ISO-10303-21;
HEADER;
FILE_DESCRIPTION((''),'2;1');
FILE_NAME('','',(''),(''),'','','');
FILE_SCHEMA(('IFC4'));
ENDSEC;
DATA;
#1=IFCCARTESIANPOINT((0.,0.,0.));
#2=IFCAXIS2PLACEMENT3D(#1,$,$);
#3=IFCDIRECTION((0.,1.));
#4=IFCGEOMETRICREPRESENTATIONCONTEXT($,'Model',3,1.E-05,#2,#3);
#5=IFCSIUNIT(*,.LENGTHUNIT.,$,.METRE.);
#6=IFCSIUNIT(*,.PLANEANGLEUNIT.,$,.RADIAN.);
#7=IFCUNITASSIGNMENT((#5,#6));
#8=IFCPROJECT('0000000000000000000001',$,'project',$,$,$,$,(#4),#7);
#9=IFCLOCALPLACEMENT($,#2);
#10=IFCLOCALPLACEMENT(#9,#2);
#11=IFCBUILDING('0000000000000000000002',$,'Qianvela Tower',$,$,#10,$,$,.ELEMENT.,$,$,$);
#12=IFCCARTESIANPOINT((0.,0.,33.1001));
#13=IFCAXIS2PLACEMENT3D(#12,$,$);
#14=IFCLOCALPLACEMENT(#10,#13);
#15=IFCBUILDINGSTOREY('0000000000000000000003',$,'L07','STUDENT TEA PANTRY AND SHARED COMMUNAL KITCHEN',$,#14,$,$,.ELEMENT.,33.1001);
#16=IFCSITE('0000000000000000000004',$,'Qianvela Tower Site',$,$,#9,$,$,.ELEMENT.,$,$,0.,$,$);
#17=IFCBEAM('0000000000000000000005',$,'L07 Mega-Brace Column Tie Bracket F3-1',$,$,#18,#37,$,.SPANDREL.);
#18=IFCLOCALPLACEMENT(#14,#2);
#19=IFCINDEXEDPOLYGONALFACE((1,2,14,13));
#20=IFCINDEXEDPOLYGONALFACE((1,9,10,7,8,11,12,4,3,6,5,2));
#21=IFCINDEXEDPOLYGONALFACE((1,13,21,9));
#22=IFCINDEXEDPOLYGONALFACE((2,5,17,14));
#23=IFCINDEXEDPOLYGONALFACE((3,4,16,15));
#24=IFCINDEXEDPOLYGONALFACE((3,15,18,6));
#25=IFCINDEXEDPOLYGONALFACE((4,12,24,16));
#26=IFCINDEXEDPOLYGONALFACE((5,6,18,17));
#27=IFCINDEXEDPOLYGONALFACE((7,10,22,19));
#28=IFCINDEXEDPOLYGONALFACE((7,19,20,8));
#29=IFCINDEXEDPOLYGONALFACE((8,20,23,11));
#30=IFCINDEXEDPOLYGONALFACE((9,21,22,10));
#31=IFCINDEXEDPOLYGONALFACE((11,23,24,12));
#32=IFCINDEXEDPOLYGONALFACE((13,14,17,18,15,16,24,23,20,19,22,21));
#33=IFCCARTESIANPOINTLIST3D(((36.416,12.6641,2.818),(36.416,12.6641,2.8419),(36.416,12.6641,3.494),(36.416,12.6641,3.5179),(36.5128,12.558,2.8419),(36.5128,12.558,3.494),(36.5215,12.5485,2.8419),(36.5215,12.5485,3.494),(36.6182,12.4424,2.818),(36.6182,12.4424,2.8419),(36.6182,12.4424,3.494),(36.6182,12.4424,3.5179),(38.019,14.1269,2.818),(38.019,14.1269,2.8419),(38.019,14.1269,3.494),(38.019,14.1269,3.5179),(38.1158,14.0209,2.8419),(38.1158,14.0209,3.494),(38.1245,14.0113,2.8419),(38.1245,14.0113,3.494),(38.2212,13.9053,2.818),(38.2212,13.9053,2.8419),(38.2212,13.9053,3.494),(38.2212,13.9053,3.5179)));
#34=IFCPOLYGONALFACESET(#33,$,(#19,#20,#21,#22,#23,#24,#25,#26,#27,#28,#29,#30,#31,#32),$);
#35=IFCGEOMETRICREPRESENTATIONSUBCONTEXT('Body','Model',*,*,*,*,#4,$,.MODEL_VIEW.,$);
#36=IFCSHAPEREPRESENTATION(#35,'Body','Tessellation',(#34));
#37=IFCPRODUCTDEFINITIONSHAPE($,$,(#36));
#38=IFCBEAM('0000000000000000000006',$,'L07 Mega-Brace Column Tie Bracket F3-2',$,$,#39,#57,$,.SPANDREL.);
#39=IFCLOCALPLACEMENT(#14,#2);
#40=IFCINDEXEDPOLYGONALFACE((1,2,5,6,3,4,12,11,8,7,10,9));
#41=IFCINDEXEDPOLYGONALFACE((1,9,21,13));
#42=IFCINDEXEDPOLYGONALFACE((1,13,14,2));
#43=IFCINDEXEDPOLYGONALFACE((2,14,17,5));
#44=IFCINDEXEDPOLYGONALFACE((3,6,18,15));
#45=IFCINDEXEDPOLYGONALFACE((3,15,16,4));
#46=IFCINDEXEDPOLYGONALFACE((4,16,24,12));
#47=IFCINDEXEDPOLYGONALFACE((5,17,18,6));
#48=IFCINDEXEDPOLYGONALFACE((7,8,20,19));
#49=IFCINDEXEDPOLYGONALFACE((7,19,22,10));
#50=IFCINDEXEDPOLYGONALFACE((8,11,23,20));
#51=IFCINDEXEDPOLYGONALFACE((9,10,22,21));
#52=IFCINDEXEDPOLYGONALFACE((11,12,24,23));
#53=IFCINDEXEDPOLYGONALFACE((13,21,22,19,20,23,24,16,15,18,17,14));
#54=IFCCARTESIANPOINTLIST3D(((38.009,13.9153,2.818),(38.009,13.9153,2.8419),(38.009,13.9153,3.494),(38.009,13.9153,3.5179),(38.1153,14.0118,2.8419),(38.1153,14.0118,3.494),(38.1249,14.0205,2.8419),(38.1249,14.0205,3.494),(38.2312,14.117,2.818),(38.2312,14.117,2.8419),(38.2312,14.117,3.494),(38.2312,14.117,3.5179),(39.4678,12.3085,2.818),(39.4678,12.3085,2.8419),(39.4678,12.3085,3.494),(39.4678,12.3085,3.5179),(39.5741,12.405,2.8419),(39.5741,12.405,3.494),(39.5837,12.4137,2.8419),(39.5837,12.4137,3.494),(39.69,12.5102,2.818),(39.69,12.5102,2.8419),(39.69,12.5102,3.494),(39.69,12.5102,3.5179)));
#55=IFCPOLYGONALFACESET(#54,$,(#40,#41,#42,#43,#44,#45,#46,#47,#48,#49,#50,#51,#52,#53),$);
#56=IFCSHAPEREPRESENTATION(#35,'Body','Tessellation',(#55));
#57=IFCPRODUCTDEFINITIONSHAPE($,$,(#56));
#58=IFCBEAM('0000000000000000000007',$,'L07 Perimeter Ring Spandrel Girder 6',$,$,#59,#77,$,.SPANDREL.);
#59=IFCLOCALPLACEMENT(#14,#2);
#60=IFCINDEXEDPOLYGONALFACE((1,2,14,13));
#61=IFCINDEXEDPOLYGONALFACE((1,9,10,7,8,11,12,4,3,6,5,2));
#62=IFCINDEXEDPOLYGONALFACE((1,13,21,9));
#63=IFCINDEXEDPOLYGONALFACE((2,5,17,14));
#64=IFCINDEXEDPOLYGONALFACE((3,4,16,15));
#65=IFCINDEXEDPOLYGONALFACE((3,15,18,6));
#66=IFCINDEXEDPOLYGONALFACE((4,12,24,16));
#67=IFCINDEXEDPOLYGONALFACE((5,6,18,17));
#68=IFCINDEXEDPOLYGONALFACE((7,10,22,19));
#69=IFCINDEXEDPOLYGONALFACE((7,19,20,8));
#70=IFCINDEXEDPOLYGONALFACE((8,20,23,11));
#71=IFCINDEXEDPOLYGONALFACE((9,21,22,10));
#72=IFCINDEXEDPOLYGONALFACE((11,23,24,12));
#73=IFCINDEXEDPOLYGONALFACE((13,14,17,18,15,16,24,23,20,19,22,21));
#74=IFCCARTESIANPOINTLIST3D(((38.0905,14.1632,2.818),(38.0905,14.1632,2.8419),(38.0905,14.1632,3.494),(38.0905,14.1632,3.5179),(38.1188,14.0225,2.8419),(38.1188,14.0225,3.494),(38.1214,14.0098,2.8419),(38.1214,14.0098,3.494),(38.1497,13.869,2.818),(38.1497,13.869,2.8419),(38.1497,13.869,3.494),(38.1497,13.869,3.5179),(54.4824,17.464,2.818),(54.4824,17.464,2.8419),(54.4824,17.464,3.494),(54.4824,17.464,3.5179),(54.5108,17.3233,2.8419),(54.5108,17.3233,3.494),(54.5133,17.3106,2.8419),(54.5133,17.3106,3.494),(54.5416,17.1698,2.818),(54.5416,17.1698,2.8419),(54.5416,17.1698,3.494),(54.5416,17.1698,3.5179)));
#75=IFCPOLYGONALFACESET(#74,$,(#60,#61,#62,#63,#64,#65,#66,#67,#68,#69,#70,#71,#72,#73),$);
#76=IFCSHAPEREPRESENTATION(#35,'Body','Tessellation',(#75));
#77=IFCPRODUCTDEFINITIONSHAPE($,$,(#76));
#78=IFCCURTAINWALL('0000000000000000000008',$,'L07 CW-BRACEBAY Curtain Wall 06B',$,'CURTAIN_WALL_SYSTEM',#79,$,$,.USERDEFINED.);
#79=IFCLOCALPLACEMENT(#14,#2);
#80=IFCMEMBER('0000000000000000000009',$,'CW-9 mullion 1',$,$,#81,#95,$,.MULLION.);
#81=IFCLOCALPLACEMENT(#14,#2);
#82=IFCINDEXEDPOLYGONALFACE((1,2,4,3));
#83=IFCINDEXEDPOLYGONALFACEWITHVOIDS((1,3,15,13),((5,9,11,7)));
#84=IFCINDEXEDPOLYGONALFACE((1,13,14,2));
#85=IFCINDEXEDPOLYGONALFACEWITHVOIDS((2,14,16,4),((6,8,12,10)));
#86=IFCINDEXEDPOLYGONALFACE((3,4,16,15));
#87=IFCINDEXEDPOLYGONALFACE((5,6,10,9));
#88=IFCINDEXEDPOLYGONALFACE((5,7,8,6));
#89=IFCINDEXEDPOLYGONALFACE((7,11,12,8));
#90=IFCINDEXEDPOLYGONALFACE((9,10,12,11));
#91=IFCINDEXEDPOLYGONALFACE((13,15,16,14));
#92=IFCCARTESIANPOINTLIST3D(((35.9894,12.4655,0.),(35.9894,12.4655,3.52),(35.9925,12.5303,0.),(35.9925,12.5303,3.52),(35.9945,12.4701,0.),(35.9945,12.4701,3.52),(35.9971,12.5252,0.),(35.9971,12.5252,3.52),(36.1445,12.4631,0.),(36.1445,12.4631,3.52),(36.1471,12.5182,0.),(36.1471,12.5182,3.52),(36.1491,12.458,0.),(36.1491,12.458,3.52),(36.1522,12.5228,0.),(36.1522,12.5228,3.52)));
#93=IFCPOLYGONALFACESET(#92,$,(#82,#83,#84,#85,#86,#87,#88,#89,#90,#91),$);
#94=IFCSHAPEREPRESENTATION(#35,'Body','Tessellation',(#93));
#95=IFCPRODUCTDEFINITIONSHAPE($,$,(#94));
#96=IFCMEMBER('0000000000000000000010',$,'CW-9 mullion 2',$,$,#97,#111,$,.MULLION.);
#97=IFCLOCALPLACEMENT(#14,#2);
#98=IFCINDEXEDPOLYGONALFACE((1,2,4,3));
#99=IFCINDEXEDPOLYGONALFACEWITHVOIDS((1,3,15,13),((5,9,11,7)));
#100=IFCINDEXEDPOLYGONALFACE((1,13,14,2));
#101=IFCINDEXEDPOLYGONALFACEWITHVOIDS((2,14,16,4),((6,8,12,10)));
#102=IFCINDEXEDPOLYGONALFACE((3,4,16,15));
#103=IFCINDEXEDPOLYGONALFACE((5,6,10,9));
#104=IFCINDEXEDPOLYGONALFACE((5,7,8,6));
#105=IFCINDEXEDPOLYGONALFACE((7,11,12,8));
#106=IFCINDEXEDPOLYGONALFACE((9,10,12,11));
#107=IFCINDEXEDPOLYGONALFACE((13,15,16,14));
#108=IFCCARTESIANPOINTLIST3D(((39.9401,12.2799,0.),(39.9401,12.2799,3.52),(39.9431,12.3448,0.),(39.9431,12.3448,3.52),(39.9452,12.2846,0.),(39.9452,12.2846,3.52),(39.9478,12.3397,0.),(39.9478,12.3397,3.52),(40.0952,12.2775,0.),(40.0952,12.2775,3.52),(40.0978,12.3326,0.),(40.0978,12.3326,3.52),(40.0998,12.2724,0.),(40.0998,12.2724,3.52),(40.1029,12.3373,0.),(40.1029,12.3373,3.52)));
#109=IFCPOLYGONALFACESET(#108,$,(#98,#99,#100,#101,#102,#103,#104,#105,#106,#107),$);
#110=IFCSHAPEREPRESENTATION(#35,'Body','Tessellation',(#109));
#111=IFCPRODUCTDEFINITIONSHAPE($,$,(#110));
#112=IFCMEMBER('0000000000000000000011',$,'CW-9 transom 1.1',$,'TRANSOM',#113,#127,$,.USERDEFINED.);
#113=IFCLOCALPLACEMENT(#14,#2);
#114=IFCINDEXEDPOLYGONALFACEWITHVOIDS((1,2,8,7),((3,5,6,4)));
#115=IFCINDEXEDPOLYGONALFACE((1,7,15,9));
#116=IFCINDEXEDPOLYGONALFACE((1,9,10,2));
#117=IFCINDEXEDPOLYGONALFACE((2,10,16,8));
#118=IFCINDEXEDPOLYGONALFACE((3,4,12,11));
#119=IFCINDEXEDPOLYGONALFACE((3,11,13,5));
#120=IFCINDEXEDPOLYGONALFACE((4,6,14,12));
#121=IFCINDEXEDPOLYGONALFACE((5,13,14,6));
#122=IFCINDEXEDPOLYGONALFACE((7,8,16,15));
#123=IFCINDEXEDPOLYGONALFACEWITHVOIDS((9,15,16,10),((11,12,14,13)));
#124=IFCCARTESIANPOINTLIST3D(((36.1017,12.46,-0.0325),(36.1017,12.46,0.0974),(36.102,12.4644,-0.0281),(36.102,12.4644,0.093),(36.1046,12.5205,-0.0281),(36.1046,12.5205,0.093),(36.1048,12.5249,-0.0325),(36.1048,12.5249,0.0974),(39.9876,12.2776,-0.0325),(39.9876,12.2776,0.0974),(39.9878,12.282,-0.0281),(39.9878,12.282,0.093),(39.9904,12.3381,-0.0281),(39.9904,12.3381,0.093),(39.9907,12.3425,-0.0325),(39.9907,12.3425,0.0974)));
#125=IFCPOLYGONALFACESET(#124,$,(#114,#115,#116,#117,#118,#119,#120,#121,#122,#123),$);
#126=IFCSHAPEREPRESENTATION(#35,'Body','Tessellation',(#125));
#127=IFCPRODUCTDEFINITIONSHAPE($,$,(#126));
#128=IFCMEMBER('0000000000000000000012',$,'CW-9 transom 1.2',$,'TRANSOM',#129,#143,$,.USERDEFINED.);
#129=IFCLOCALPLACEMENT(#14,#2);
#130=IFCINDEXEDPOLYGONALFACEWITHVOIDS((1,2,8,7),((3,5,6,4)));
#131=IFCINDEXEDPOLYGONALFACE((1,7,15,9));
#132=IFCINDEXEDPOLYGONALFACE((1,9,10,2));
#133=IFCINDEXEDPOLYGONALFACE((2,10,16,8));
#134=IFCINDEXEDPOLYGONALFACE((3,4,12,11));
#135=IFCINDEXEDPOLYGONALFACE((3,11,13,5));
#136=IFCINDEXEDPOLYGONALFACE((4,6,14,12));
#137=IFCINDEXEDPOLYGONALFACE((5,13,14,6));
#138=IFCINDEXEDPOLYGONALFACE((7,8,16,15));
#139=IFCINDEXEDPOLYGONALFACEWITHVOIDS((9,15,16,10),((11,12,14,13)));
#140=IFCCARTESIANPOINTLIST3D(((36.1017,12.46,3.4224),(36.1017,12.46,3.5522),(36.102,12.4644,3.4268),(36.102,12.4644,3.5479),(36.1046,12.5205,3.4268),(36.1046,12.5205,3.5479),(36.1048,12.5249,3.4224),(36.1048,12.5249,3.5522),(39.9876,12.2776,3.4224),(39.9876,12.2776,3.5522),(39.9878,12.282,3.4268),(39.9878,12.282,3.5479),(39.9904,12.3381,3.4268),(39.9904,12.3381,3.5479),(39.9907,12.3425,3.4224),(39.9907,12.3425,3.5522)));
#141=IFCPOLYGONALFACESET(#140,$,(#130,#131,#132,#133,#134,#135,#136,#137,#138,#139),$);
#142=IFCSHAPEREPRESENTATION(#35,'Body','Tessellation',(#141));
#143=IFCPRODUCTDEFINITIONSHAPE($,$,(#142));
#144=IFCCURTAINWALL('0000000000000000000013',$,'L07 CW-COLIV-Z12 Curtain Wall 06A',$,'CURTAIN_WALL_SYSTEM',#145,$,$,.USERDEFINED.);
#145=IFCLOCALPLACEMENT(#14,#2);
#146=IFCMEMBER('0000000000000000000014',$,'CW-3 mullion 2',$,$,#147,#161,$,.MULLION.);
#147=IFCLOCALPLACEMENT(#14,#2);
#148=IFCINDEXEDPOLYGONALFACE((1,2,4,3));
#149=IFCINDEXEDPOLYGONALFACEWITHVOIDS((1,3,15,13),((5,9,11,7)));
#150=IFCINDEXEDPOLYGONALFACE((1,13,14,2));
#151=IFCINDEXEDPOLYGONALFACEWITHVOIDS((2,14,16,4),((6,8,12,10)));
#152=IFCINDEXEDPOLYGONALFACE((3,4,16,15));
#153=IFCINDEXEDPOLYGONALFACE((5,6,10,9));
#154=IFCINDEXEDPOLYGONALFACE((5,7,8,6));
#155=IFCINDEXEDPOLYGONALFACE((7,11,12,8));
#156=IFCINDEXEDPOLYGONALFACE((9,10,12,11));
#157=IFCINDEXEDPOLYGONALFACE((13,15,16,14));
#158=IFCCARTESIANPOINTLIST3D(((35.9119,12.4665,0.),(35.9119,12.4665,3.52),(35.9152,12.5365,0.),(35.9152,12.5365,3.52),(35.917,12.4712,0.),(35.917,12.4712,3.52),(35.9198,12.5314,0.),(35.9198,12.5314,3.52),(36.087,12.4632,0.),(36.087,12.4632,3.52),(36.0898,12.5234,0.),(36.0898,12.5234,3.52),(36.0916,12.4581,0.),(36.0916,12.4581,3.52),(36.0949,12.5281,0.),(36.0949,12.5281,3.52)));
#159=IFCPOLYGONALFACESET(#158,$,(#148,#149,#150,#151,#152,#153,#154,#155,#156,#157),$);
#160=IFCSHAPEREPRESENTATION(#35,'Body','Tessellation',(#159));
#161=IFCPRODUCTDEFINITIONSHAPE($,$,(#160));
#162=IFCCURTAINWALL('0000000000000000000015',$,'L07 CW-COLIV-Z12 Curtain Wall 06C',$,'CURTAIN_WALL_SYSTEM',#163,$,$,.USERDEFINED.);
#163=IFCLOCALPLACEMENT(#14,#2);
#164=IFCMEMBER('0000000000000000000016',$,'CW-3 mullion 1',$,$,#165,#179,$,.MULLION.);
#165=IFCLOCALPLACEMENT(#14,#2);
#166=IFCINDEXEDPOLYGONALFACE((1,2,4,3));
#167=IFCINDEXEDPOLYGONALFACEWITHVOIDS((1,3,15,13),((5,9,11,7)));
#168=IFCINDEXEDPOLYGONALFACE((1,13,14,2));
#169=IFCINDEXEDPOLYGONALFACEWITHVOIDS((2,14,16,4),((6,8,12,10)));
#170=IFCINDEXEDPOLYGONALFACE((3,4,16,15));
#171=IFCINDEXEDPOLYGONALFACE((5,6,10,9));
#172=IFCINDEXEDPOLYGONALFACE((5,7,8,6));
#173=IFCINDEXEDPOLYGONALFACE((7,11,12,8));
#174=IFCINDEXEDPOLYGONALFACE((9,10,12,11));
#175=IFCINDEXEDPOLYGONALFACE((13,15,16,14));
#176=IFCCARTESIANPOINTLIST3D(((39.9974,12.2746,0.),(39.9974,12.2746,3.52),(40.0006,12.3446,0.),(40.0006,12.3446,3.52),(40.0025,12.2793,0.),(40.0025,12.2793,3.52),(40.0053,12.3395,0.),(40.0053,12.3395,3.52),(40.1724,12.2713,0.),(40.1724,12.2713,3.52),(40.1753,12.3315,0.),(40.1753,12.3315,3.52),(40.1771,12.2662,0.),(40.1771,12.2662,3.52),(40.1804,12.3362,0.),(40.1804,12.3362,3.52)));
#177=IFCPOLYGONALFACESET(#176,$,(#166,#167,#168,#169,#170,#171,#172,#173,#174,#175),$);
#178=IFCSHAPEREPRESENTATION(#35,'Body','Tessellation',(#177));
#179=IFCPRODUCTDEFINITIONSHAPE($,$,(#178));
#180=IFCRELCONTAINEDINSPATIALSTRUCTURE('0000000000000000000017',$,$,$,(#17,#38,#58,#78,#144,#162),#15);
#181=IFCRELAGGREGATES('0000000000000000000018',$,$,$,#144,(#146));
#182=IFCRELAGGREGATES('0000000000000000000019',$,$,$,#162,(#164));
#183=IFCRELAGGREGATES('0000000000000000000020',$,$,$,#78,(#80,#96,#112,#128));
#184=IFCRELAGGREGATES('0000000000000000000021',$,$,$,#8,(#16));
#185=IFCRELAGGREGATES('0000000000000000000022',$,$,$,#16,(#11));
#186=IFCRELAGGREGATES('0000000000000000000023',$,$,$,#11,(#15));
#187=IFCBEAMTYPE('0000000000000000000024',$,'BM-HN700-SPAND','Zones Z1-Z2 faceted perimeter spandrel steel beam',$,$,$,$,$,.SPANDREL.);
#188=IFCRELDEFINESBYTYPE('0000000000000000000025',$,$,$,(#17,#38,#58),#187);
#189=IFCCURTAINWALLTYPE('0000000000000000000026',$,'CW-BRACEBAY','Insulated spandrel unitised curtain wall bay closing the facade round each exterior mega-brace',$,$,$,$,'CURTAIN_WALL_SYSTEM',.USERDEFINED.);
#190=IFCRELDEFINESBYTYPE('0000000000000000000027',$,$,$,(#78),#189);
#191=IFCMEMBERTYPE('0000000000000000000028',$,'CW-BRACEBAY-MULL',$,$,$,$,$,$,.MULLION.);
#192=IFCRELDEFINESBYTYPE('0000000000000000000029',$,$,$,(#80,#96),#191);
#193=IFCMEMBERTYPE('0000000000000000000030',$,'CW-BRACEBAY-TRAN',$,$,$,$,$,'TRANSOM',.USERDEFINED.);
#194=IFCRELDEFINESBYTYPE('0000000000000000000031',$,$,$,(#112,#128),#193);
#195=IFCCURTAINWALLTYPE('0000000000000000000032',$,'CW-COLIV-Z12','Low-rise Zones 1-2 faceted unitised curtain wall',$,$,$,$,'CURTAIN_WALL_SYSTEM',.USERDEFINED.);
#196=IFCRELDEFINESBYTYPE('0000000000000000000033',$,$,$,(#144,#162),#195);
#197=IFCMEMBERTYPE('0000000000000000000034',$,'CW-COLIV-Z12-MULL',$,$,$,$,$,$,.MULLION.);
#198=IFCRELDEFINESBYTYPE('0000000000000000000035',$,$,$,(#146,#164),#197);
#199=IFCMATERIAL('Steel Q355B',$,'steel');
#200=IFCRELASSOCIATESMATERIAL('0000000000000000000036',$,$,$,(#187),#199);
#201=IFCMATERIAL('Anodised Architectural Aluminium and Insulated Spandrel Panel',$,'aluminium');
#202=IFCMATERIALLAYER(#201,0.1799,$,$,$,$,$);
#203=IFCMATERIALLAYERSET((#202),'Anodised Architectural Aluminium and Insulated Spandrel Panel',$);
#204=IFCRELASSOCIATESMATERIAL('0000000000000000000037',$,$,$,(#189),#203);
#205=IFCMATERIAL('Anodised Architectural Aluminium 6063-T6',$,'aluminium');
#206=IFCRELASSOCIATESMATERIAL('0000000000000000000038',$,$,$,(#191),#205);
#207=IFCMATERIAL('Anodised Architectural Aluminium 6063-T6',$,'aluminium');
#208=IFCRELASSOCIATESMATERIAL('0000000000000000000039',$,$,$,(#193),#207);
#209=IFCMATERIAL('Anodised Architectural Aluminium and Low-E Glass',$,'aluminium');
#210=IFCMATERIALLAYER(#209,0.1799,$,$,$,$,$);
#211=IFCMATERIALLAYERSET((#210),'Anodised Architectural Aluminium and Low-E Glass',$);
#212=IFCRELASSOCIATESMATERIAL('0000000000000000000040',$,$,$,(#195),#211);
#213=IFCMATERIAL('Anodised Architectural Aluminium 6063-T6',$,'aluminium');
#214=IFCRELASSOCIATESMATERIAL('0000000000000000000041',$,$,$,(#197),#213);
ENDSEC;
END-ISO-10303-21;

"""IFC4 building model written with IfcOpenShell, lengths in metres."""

from ifc_helpers import new_model, si_unit, direction, frame, origin, origin_2d, place, context, subcontext, project, spatial, hollow_rectangle, i_section, extrude, material, layer, layer_set, material_profile, profile_set, type_object, element, aggregate, save


model = new_model("IFC4")

# Units and contexts
model_context = context("Model", 3, precision=1e-05, world=origin(), true_north=direction((0.0, 1.0)))
body_context = subcontext(model_context, "Body", "Model", "MODEL_VIEW")
ifc_project = project(units=[si_unit("LENGTHUNIT", "METRE"), si_unit("PLANEANGLEUNIT", "RADIAN")], contexts=[model_context])

# Site, building, storey
site_placement = place(None, origin())
site = spatial("IfcSite", under=ifc_project, at=site_placement, Name="Qianvela Tower Site", CompositionType="ELEMENT", RefElevation=0.0)
building_placement = place(site_placement, origin())
building = spatial("IfcBuilding", under=site, at=building_placement, Name="Qianvela Tower", CompositionType="ELEMENT")
storey_placement = place(building_placement, frame((0.0, 0.0, 33.1001)))
storey = spatial("IfcBuildingStorey", under=building, at=storey_placement, Name="L07", Description="STUDENT TEA PANTRY AND SHARED COMMUNAL KITCHEN", CompositionType="ELEMENT", Elevation=33.1001)

# Beams
ifc_material_1 = material(Name="Steel Q355B", Category="steel")
ifc_material_profile_1 = material_profile(ifc_material_1, i_section(OverallWidth=0.3, OverallDepth=0.7, WebThickness=0.0129, FlangeThickness=0.0239, at=origin_2d()), Name="HN700x300x13x24")
ifc_profile_set_1 = profile_set([ifc_material_profile_1], Name="Steel Q355B")
beam_type_1 = type_object("IfcBeamType", Name="BM-HN700-SPAND", Description="Zones Z1-Z2 faceted perimeter spandrel steel beam", PredefinedType="SPANDREL", material=ifc_profile_set_1)
for number, where, z_axis, x_axis, name in (
    (1, (38.1201, 14.0161, 3.168), (-0.738656, -0.674083, 0.0), (0.674083, -0.738656, 0.0), "L07 Mega-Brace Column Tie Bracket F3-1"),
    (2, (38.1201, 14.0161, 3.168), (0.672197, -0.740373, 0.0), (0.740373, 0.672197, 0.0), "L07 Mega-Brace Column Tie Bracket F3-2"),
):
    element("IfcBeam", number, at=place(storey_placement, frame(where, z_axis=z_axis, x_axis=x_axis)), inside=storey, type_object=beam_type_1, Name=name, PredefinedType="SPANDREL", context=body_context, shape_type="SweptSolid", body=[
        extrude(i_section(OverallWidth=0.3, OverallDepth=0.7, WebThickness=0.0129, FlangeThickness=0.0239, at=origin_2d()), origin(), (0.0, 0.0, 1.0), 2.1702),
    ])
beam_1_placement = place(storey_placement, frame((38.1201, 14.0161, 3.168), z_axis=(0.980322, 0.197405, 0.0), x_axis=(-0.197405, 0.980322, 0.0)))
element("IfcBeam", 3, at=beam_1_placement, inside=storey, type_object=beam_type_1, Name="L07 Perimeter Ring Spandrel Girder 6", PredefinedType="SPANDREL", context=body_context, shape_type="SweptSolid", body=[
    extrude(i_section(OverallWidth=0.3, OverallDepth=0.7, WebThickness=0.0129, FlangeThickness=0.0239, at=origin_2d()), origin(), (0.0, 0.0, 1.0), 16.7209),
])

# Curtain wall, members
ifc_material_2 = material(Name="Anodised Architectural Aluminium and Insulated Spandrel Panel", Category="aluminium")
ifc_layer_1 = layer(ifc_material_2, 0.1799)
ifc_layer_set_1 = layer_set([ifc_layer_1], Name="Anodised Architectural Aluminium and Insulated Spandrel Panel")
curtain_wall_type_1 = type_object("IfcCurtainWallType", Name="CW-BRACEBAY", Description="Insulated spandrel unitised curtain wall bay closing the facade round each exterior mega-brace", ElementType="CURTAIN_WALL_SYSTEM", PredefinedType="USERDEFINED", material=ifc_layer_set_1)
curtain_wall_1_placement = place(storey_placement, origin())
curtain_wall_1 = element("IfcCurtainWall", 4, at=curtain_wall_1_placement, inside=storey, type_object=curtain_wall_type_1, Name="L07 CW-BRACEBAY Curtain Wall 06B", ObjectType="CURTAIN_WALL_SYSTEM", PredefinedType="USERDEFINED")
ifc_material_3 = material(Name="Anodised Architectural Aluminium 6063-T6", Category="aluminium")
ifc_material_profile_2 = material_profile(ifc_material_3, hollow_rectangle(XDim=0.0649, YDim=0.1599, WallThickness=0.0049, at=origin_2d()), Name="ALU-MULL-65x160")
ifc_profile_set_2 = profile_set([ifc_material_profile_2], Name="Anodised Architectural Aluminium 6063-T6")
member_type_1 = type_object("IfcMemberType", Name="CW-BRACEBAY-MULL", PredefinedType="MULLION", material=ifc_profile_set_2)
member_1_placement = place(storey_placement, frame((36.0708, 12.4941, 0.0), z_axis=(0.0, 0.0, 1.0), x_axis=(0.04689, 0.9989, 0.0)))
member_1 = element("IfcMember", 5, at=member_1_placement, type_object=member_type_1, Name="CW-9 mullion 1", PredefinedType="MULLION", context=body_context, shape_type="SweptSolid", body=[
    extrude(hollow_rectangle(XDim=0.0649, YDim=0.1599, WallThickness=0.0049, at=origin_2d()), origin(), (0.0, 0.0, 1.0), 3.52),
])
member_2_placement = place(storey_placement, frame((40.0215, 12.3086, 0.0), z_axis=(0.0, 0.0, 1.0), x_axis=(0.04689, 0.9989, 0.0)))
member_2 = element("IfcMember", 6, at=member_2_placement, type_object=member_type_1, Name="CW-9 mullion 2", PredefinedType="MULLION", context=body_context, shape_type="SweptSolid", body=[
    extrude(hollow_rectangle(XDim=0.0649, YDim=0.1599, WallThickness=0.0049, at=origin_2d()), origin(), (0.0, 0.0, 1.0), 3.52),
])
ifc_material_4 = material(Name="Anodised Architectural Aluminium 6063-T6", Category="aluminium")
ifc_material_profile_3 = material_profile(ifc_material_4, hollow_rectangle(XDim=0.0649, YDim=0.1299, WallThickness=0.0044, at=origin_2d()), Name="ALU-TRAN-65x130")
ifc_profile_set_3 = profile_set([ifc_material_profile_3], Name="Anodised Architectural Aluminium 6063-T6")
member_type_2 = type_object("IfcMemberType", Name="CW-BRACEBAY-TRAN", ElementType="TRANSOM", PredefinedType="USERDEFINED", material=ifc_profile_set_3)
member_3_placement = place(storey_placement, frame((36.1033, 12.4924, 0.0325), z_axis=(0.9989, -0.046882, 0.0), x_axis=(0.046882, 0.9989, 0.0)))
member_3 = element("IfcMember", 7, at=member_3_placement, type_object=member_type_2, Name="CW-9 transom 1.1", ObjectType="TRANSOM", PredefinedType="USERDEFINED", context=body_context, shape_type="SweptSolid", body=[
    extrude(hollow_rectangle(XDim=0.0649, YDim=0.1299, WallThickness=0.0044, at=origin_2d()), origin(), (0.0, 0.0, 1.0), 3.8901),
])
member_4_placement = place(storey_placement, frame((36.1033, 12.4924, 3.4873), z_axis=(0.9989, -0.046882, 0.0), x_axis=(0.046882, 0.9989, 0.0)))
member_4 = element("IfcMember", 8, at=member_4_placement, type_object=member_type_2, Name="CW-9 transom 1.2", ObjectType="TRANSOM", PredefinedType="USERDEFINED", context=body_context, shape_type="SweptSolid", body=[
    extrude(hollow_rectangle(XDim=0.0649, YDim=0.1299, WallThickness=0.0044, at=origin_2d()), origin(), (0.0, 0.0, 1.0), 3.8901),
])

# Curtain wall, member
ifc_material_5 = material(Name="Anodised Architectural Aluminium and Low-E Glass", Category="aluminium")
ifc_layer_2 = layer(ifc_material_5, 0.1799)
ifc_layer_set_2 = layer_set([ifc_layer_2], Name="Anodised Architectural Aluminium and Low-E Glass")
curtain_wall_type_2 = type_object("IfcCurtainWallType", Name="CW-COLIV-Z12", Description="Low-rise Zones 1-2 faceted unitised curtain wall", ElementType="CURTAIN_WALL_SYSTEM", PredefinedType="USERDEFINED", material=ifc_layer_set_2)
curtain_wall_2_placement = place(storey_placement, origin())
curtain_wall_2 = element("IfcCurtainWall", 9, at=curtain_wall_2_placement, inside=storey, type_object=curtain_wall_type_2, Name="L07 CW-COLIV-Z12 Curtain Wall 06A", ObjectType="CURTAIN_WALL_SYSTEM", PredefinedType="USERDEFINED")
ifc_material_6 = material(Name="Anodised Architectural Aluminium 6063-T6", Category="aluminium")
ifc_material_profile_4 = material_profile(ifc_material_6, hollow_rectangle(XDim=0.0701, YDim=0.1799, WallThickness=0.0049, at=origin_2d()), Name="ALU-MULL-70x180")
ifc_profile_set_4 = profile_set([ifc_material_profile_4], Name="Anodised Architectural Aluminium 6063-T6")
member_type_3 = type_object("IfcMemberType", Name="CW-COLIV-Z12-MULL", PredefinedType="MULLION", material=ifc_profile_set_4)
member_5_placement = place(storey_placement, frame((36.0034, 12.4973, 0.0), z_axis=(0.0, 0.0, 1.0), x_axis=(0.04688, 0.998901, 0.0)))
member_5 = element("IfcMember", 10, at=member_5_placement, type_object=member_type_3, Name="CW-3 mullion 2", PredefinedType="MULLION", context=body_context, shape_type="SweptSolid", body=[
    extrude(hollow_rectangle(XDim=0.0701, YDim=0.1799, WallThickness=0.0049, at=origin_2d()), origin(), (0.0, 0.0, 1.0), 3.52),
])
aggregate(curtain_wall_2, [member_5])

# Curtain wall, member
curtain_wall_3_placement = place(storey_placement, origin())
curtain_wall_3 = element("IfcCurtainWall", 11, at=curtain_wall_3_placement, inside=storey, type_object=curtain_wall_type_2, Name="L07 CW-COLIV-Z12 Curtain Wall 06C", ObjectType="CURTAIN_WALL_SYSTEM", PredefinedType="USERDEFINED")
member_6_placement = place(storey_placement, frame((40.0889, 12.3054, 0.0), z_axis=(0.0, 0.0, 1.0), x_axis=(0.046883, 0.9989, 0.0)))
member_6 = element("IfcMember", 12, at=member_6_placement, type_object=member_type_3, Name="CW-3 mullion 1", PredefinedType="MULLION", context=body_context, shape_type="SweptSolid", body=[
    extrude(hollow_rectangle(XDim=0.0701, YDim=0.1799, WallThickness=0.0049, at=origin_2d()), origin(), (0.0, 0.0, 1.0), 3.52),
])
aggregate(curtain_wall_3, [member_6])

aggregate(curtain_wall_1, [member_1, member_2, member_3, member_4])

save(model, "model.ifc")
